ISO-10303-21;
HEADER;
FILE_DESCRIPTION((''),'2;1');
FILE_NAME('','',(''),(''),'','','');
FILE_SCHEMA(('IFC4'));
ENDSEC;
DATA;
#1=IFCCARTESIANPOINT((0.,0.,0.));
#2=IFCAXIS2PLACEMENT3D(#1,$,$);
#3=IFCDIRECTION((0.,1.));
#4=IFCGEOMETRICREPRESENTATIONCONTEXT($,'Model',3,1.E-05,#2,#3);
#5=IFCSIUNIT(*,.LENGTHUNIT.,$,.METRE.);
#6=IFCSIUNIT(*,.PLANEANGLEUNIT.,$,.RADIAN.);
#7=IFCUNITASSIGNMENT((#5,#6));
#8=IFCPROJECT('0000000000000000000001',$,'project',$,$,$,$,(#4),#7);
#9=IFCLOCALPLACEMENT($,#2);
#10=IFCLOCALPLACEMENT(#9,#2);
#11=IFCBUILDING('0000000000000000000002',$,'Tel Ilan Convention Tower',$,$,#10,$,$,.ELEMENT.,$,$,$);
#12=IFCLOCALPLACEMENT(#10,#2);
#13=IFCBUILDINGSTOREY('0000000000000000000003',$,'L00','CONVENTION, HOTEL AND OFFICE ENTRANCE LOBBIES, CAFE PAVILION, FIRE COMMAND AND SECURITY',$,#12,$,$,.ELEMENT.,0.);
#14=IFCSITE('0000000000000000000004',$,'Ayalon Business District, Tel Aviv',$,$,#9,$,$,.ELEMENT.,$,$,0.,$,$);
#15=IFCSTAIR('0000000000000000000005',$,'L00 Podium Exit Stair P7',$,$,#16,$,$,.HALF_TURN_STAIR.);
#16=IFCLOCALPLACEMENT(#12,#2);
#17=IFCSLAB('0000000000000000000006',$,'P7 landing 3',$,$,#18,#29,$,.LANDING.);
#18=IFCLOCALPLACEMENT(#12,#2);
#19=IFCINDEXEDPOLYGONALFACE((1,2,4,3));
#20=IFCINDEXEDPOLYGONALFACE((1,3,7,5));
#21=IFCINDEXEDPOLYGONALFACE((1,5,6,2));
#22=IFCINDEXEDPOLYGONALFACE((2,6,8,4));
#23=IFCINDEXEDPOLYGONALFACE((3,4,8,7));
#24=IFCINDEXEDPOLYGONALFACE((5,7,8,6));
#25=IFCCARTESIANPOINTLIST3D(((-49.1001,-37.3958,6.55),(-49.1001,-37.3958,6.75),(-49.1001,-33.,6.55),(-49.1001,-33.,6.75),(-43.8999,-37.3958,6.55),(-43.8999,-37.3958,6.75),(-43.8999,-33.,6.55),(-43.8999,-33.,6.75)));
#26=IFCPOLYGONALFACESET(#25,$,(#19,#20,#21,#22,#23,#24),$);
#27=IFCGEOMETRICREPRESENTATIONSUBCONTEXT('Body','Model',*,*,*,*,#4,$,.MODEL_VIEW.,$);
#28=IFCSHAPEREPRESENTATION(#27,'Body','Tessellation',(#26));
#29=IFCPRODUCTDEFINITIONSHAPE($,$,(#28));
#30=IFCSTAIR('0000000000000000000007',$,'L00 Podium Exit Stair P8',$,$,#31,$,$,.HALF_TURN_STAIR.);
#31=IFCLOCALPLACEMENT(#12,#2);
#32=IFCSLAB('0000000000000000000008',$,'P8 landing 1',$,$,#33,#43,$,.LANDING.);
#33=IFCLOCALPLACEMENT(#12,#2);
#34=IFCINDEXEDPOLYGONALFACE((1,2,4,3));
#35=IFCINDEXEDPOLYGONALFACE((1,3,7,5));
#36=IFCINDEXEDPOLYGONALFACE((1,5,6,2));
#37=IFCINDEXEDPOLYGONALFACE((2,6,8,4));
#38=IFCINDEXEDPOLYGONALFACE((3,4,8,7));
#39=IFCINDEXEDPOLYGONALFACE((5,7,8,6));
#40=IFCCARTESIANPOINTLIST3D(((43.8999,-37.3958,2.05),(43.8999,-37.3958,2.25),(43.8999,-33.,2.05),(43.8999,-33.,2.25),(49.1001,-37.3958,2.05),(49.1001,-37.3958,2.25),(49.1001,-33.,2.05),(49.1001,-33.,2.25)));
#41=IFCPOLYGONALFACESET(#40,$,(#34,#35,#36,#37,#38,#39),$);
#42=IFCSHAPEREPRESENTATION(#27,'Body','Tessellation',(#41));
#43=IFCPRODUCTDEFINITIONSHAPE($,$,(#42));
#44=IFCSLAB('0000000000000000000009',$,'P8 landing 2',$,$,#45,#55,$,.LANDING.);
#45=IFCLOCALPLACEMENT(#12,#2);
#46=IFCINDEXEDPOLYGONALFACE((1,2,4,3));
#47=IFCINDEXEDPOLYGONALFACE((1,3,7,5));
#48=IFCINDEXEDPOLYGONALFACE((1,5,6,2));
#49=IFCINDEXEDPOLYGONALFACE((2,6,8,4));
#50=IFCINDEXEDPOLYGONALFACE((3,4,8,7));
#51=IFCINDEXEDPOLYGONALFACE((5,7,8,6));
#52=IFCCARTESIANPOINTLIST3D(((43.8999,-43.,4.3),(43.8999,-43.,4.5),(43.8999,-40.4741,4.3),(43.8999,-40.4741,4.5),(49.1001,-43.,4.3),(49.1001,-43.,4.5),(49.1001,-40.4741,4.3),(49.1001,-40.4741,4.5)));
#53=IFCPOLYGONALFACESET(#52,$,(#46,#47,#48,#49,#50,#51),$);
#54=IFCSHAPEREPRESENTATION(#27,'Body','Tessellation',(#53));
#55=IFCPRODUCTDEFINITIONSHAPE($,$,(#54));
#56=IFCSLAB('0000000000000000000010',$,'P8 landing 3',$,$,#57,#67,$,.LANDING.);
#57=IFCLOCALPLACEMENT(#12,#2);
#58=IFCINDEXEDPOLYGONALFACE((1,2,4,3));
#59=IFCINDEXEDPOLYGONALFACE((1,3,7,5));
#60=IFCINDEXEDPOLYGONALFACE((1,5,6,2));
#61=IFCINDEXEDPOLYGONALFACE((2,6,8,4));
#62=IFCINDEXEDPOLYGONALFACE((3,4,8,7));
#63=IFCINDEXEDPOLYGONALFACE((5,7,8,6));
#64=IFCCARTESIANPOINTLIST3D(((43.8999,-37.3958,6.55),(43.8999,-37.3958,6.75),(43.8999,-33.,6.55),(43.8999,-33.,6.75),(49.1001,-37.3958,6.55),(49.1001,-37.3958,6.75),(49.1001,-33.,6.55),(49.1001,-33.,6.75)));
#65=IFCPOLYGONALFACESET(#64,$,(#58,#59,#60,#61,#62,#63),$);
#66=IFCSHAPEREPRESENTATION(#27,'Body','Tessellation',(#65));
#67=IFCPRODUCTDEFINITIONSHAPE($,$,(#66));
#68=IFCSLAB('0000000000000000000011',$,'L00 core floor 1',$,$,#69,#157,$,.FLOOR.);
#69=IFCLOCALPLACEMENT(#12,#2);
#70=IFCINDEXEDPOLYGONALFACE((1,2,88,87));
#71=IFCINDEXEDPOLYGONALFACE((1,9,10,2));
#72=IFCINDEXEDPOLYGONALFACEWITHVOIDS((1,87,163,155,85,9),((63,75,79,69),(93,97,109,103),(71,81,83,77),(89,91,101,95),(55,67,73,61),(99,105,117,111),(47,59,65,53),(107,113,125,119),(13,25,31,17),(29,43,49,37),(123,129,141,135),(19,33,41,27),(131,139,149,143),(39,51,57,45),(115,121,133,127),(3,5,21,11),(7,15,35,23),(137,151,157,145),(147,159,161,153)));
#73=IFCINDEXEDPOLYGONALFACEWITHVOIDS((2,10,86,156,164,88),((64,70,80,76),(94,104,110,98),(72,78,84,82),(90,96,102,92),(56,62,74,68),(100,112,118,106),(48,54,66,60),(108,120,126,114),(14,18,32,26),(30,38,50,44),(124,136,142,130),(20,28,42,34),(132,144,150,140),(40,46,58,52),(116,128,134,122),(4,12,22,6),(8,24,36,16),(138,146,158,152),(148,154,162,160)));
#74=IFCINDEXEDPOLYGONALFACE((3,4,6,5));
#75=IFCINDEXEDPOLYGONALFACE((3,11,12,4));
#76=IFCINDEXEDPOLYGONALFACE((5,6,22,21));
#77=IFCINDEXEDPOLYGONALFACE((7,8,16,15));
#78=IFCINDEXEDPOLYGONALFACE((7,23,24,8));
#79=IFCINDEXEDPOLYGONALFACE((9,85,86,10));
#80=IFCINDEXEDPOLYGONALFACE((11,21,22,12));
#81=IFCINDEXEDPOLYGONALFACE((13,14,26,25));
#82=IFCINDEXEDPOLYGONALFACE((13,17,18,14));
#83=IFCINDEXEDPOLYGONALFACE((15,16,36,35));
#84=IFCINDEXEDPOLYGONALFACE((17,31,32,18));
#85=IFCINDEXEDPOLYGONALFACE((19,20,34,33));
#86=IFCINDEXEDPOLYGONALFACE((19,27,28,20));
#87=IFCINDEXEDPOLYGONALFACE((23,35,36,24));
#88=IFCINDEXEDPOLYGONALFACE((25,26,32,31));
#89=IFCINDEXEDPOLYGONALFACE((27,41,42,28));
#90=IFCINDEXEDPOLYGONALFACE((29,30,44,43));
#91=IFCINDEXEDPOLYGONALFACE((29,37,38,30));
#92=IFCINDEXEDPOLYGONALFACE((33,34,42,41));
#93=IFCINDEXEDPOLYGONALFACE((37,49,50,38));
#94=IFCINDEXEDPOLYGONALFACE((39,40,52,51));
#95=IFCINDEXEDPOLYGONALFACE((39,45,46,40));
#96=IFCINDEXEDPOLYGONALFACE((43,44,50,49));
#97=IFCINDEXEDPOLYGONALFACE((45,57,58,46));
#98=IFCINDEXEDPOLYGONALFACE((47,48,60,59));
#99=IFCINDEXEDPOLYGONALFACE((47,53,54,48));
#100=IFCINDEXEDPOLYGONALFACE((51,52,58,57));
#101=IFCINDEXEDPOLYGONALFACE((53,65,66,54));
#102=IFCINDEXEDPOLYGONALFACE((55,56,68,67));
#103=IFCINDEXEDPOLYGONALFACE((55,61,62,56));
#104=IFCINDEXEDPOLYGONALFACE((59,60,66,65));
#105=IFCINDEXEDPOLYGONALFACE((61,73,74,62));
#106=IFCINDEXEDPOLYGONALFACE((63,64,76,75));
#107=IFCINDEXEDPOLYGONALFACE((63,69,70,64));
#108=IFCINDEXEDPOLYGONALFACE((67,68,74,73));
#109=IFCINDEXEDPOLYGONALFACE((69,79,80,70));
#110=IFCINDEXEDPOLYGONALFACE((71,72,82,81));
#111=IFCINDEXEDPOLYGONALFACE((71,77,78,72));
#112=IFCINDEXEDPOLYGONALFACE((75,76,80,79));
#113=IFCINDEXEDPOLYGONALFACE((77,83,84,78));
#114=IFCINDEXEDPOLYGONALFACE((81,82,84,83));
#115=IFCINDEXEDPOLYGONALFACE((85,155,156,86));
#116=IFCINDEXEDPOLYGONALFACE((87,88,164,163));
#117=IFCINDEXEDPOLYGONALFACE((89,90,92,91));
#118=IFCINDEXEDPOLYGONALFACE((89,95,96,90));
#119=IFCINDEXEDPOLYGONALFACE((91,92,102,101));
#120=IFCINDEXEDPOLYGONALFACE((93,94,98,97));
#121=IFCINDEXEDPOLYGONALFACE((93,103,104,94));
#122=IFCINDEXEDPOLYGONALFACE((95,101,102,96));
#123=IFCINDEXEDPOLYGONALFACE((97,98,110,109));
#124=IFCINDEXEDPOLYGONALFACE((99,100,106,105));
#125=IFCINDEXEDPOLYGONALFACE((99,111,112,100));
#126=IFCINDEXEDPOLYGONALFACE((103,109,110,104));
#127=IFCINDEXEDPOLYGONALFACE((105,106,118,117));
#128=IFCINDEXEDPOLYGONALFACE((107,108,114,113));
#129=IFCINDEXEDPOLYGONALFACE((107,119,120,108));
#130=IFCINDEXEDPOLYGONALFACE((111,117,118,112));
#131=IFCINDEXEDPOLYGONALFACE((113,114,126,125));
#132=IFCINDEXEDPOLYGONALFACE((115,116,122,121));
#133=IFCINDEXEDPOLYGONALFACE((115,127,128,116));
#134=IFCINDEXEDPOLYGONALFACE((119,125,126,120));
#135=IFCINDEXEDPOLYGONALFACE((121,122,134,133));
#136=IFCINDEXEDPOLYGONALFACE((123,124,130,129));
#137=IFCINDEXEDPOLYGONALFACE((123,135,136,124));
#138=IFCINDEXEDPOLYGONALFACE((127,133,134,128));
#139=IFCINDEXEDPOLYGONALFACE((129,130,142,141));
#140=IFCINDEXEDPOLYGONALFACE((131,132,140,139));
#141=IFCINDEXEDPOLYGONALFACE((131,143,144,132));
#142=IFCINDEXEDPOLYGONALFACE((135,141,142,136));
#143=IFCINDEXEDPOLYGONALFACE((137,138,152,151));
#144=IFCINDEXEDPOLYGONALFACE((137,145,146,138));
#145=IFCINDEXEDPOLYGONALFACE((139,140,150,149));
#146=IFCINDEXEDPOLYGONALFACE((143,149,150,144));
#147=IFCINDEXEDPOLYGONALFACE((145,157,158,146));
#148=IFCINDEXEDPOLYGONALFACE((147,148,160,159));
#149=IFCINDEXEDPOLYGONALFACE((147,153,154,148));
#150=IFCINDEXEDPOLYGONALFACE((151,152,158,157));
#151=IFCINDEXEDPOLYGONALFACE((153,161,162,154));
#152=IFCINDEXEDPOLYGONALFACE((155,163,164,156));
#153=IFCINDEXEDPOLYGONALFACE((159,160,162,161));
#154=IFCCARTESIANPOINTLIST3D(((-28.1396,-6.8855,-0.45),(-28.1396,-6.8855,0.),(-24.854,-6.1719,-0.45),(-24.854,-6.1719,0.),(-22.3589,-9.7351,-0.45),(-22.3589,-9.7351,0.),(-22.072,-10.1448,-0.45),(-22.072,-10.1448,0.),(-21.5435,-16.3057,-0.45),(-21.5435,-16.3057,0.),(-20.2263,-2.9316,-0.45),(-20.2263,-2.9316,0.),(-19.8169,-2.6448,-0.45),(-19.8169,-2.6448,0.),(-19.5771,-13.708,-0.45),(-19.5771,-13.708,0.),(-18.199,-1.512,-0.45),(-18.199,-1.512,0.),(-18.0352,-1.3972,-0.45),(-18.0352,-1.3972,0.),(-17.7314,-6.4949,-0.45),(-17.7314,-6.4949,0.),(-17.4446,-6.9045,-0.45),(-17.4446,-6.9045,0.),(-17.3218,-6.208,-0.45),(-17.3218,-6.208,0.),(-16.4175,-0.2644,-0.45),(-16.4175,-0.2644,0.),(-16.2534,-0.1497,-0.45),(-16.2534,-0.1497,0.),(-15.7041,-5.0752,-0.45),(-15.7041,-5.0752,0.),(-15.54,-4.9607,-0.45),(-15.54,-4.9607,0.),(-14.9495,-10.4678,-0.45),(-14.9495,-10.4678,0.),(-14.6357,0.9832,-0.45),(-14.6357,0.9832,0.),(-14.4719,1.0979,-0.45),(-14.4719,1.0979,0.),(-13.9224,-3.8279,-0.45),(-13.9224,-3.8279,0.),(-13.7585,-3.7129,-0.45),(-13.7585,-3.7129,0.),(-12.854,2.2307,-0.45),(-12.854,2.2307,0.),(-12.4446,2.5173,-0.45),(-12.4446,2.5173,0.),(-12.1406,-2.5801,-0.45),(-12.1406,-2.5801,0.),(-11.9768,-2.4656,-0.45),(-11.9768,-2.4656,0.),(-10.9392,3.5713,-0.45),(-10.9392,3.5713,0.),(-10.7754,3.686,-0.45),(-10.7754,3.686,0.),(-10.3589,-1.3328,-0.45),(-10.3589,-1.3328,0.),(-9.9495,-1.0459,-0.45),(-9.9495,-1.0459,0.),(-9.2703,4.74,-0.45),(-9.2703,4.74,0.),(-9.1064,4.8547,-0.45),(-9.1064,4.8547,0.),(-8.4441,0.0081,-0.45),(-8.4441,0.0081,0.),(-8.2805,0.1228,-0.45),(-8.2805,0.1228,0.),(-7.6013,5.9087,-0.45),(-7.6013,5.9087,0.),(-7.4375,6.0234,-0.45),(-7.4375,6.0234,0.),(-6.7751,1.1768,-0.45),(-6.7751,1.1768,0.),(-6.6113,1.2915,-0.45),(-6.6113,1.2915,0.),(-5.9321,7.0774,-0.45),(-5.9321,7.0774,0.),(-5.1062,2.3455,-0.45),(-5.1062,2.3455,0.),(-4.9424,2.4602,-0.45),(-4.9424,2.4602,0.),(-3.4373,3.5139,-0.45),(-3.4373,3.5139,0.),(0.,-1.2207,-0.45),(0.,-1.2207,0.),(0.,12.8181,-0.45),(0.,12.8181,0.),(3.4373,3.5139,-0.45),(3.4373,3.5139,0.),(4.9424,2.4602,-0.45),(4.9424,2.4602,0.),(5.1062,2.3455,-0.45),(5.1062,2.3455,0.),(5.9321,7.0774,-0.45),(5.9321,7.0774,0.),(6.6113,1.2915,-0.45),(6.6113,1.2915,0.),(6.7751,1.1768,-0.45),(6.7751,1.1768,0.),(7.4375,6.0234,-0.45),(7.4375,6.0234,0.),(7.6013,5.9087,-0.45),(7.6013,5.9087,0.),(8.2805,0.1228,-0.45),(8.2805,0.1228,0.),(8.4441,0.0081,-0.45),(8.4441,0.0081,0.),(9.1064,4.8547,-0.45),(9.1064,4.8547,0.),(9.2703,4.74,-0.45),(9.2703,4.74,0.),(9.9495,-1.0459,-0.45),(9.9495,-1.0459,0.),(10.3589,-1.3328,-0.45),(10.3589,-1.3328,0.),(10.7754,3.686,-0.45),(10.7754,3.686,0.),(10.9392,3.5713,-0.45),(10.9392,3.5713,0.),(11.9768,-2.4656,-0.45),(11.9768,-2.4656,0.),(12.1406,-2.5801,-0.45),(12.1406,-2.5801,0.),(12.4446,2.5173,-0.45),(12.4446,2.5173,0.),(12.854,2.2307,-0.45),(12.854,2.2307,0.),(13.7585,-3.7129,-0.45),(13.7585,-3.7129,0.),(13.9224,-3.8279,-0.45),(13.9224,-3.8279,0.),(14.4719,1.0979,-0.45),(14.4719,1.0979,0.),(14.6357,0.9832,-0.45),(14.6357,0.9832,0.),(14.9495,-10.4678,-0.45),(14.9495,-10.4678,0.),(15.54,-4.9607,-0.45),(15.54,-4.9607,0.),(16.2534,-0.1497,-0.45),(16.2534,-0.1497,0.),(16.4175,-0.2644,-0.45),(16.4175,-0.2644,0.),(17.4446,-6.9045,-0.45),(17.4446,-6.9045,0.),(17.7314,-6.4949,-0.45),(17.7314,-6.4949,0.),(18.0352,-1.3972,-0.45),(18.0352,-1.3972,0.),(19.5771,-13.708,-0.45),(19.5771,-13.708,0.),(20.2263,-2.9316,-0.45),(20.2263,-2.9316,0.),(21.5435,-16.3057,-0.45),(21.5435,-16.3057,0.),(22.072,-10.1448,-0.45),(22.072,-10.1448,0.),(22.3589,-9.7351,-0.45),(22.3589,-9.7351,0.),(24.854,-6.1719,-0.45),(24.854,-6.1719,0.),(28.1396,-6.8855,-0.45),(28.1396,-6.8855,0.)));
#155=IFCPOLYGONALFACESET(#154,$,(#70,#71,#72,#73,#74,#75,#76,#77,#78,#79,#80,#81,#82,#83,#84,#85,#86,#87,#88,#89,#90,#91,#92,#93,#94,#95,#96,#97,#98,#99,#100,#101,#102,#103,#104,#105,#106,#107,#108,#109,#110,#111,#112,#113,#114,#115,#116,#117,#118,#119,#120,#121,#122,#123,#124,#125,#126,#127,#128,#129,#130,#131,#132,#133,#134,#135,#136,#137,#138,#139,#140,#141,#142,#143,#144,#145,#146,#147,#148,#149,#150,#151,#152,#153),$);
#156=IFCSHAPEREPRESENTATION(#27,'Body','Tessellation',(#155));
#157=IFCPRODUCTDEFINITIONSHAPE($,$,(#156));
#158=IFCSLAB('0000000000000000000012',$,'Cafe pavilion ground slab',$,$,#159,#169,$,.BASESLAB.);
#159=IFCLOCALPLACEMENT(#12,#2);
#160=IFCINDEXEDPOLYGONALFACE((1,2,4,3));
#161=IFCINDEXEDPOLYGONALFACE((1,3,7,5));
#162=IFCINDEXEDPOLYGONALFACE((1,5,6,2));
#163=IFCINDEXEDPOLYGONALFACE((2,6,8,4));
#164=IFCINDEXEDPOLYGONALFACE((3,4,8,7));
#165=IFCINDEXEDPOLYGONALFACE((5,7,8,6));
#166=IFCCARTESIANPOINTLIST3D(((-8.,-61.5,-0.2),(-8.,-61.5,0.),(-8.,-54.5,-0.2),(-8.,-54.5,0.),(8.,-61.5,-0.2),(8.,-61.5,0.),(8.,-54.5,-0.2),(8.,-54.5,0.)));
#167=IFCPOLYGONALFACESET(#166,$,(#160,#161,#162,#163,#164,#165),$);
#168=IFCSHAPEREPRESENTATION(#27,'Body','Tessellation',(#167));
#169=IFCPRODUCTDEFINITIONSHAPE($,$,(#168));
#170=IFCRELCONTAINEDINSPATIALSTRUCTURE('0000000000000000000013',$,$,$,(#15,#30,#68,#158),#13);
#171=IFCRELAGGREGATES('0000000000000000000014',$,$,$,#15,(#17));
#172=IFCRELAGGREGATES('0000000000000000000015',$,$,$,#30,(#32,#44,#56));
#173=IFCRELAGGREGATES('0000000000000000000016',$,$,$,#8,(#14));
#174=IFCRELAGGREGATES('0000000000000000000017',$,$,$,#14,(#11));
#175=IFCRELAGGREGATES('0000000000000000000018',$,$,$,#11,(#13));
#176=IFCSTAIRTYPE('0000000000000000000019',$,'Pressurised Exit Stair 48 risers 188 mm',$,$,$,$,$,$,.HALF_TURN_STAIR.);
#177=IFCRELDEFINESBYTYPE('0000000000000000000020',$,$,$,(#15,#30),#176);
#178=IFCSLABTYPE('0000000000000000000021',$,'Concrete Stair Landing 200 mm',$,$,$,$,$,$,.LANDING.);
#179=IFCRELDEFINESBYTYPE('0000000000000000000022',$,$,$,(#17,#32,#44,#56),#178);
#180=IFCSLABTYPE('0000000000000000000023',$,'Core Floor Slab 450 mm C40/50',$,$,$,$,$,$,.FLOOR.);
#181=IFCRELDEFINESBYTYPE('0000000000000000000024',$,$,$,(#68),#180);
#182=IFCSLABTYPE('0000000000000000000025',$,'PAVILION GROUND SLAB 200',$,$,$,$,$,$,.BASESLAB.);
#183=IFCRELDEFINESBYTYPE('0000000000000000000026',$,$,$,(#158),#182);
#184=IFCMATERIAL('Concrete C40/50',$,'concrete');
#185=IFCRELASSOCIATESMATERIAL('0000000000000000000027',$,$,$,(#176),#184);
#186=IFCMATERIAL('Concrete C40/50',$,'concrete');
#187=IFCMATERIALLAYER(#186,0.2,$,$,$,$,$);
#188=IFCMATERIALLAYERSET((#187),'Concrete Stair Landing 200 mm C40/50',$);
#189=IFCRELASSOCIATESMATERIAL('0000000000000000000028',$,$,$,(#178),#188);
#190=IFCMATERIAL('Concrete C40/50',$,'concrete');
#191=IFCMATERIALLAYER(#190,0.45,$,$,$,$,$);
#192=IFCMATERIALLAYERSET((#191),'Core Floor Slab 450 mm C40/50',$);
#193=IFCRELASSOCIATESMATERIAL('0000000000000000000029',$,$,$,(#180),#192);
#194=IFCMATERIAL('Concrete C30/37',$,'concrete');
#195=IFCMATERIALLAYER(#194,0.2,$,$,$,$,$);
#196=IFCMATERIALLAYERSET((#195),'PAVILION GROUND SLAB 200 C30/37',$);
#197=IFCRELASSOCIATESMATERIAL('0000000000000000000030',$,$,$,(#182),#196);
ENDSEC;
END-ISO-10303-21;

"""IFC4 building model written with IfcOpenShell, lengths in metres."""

from ifc_helpers import new_model, si_unit, direction, frame, origin, place, context, subcontext, project, spatial, polyline, outline, extrude, material, layer, layer_set, type_object, element, aggregate, save


model = new_model("IFC4")

# Units and contexts
model_context = context("Model", 3, precision=1e-05, world=origin(), true_north=direction((0.0, 1.0)))
body_context = subcontext(model_context, "Body", "Model", "MODEL_VIEW")
ifc_project = project(units=[si_unit("LENGTHUNIT", "METRE"), si_unit("PLANEANGLEUNIT", "RADIAN")], contexts=[model_context])

# Site, building, storey
site_placement = place(None, origin())
site = spatial("IfcSite", under=ifc_project, at=site_placement, Name="Ayalon Business District, Tel Aviv", CompositionType="ELEMENT", RefElevation=0.0)
building_placement = place(site_placement, origin())
building = spatial("IfcBuilding", under=site, at=building_placement, Name="Tel Ilan Convention Tower", CompositionType="ELEMENT")
storey_placement = place(building_placement, origin())
storey = spatial("IfcBuildingStorey", under=building, at=storey_placement, Name="L00", Description="CONVENTION, HOTEL AND OFFICE ENTRANCE LOBBIES, CAFE PAVILION, FIRE COMMAND AND SECURITY", CompositionType="ELEMENT", Elevation=0.0)

# Stair, slab
ifc_material_1 = material(Name="Concrete C40/50", Category="concrete")
stair_type = type_object("IfcStairType", Name="Pressurised Exit Stair 48 risers 188 mm", PredefinedType="HALF_TURN_STAIR", material=ifc_material_1)
stair_1_placement = place(storey_placement, origin())
stair_1 = element("IfcStair", 1, at=stair_1_placement, inside=storey, type_object=stair_type, Name="L00 Podium Exit Stair P7", PredefinedType="HALF_TURN_STAIR")
ifc_material_2 = material(Name="Concrete C40/50", Category="concrete")
ifc_layer_1 = layer(ifc_material_2, 0.2)
ifc_layer_set_1 = layer_set([ifc_layer_1], Name="Concrete Stair Landing 200 mm C40/50")
slab_type_1 = type_object("IfcSlabType", Name="Concrete Stair Landing 200 mm", PredefinedType="LANDING", material=ifc_layer_set_1)
slab_1_placement = place(storey_placement, frame((0.0, 0.0, 6.55)))
slab_1 = element("IfcSlab", 2, at=slab_1_placement, type_object=slab_type_1, Name="P7 landing 3", PredefinedType="LANDING", context=body_context, shape_type="SweptSolid", body=[
    extrude(outline(polyline([(-43.8999, -37.3958), (-43.8999, -33.0), (-49.1001, -33.0), (-49.1001, -37.3958), (-43.8999, -37.3958)])), origin(), (0.0, 0.0, 1.0), 0.2),
])
aggregate(stair_1, [slab_1])

# Stair, slabs
stair_2_placement = place(storey_placement, origin())
stair_2 = element("IfcStair", 3, at=stair_2_placement, inside=storey, type_object=stair_type, Name="L00 Podium Exit Stair P8", PredefinedType="HALF_TURN_STAIR")
slab_2_placement = place(storey_placement, frame((0.0, 0.0, 2.05)))
slab_2 = element("IfcSlab", 4, at=slab_2_placement, type_object=slab_type_1, Name="P8 landing 1", PredefinedType="LANDING", context=body_context, shape_type="SweptSolid", body=[
    extrude(outline(polyline([(49.1001, -37.3958), (49.1001, -33.0), (43.8999, -33.0), (43.8999, -37.3958), (49.1001, -37.3958)])), origin(), (0.0, 0.0, 1.0), 0.2),
])
slab_3_placement = place(storey_placement, frame((0.0, 0.0, 4.3)))
slab_3 = element("IfcSlab", 5, at=slab_3_placement, type_object=slab_type_1, Name="P8 landing 2", PredefinedType="LANDING", context=body_context, shape_type="SweptSolid", body=[
    extrude(outline(polyline([(49.1001, -43.0), (49.1001, -40.4741), (43.8999, -40.4741), (43.8999, -43.0), (49.1001, -43.0)])), origin(), (0.0, 0.0, 1.0), 0.2),
])
slab_4_placement = place(storey_placement, frame((0.0, 0.0, 6.55)))
slab_4 = element("IfcSlab", 6, at=slab_4_placement, type_object=slab_type_1, Name="P8 landing 3", PredefinedType="LANDING", context=body_context, shape_type="SweptSolid", body=[
    extrude(outline(polyline([(49.1001, -37.3958), (49.1001, -33.0), (43.8999, -33.0), (43.8999, -37.3958), (49.1001, -37.3958)])), origin(), (0.0, 0.0, 1.0), 0.2),
])
aggregate(stair_2, [slab_2, slab_3, slab_4])

# Slabs
ifc_material_3 = material(Name="Concrete C40/50", Category="concrete")
ifc_layer_2 = layer(ifc_material_3, 0.45)
ifc_layer_set_2 = layer_set([ifc_layer_2], Name="Core Floor Slab 450 mm C40/50")
slab_type_2 = type_object("IfcSlabType", Name="Core Floor Slab 450 mm C40/50", PredefinedType="FLOOR", material=ifc_layer_set_2)
slab_5_placement = place(storey_placement, frame((0.0, 0.0, -0.45)))
element("IfcSlab", 7, at=slab_5_placement, inside=storey, type_object=slab_type_2, Name="L00 core floor 1", PredefinedType="FLOOR", context=body_context, shape_type="SweptSolid", body=[
    extrude(outline(polyline([(-28.1396, -6.8855), (0.0, 12.8181), (28.1396, -6.8855), (21.5435, -16.3057), (0.0, -1.2207), (-21.5435, -16.3057), (-28.1396, -6.8855)]), holes=[polyline([(-14.9495, -10.4678), (-17.4446, -6.9045), (-22.072, -10.1448), (-19.5771, -13.708), (-14.9495, -10.4678)]), polyline([(-22.3589, -9.7351), (-17.7314, -6.4949), (-20.2263, -2.9316), (-24.854, -6.1719), (-22.3589, -9.7351)]), polyline([(-15.7041, -5.0752), (-18.199, -1.512), (-19.8169, -2.6448), (-17.3218, -6.208), (-15.7041, -5.0752)]), polyline([(-16.4175, -0.2644), (-18.0352, -1.3972), (-15.54, -4.9607), (-13.9224, -3.8279), (-16.4175, -0.2644)]), polyline([(-12.1406, -2.5801), (-14.6357, 0.9832), (-16.2534, -0.1497), (-13.7585, -3.7129), (-12.1406, -2.5801)]), polyline([(-10.3589, -1.3328), (-12.854, 2.2307), (-14.4719, 1.0979), (-11.9768, -2.4656), (-10.3589, -1.3328)]), polyline([(-10.9392, 3.5713), (-12.4446, 2.5173), (-9.9495, -1.0459), (-8.4441, 0.0081), (-10.9392, 3.5713)]), polyline([(-6.7751, 1.1768), (-9.2703, 4.74), (-10.7754, 3.686), (-8.2805, 0.1228), (-6.7751, 1.1768)]), polyline([(-5.1062, 2.3455), (-7.6013, 5.9087), (-9.1064, 4.8547), (-6.6113, 1.2915), (-5.1062, 2.3455)]), polyline([(-5.9321, 7.0774), (-7.4375, 6.0234), (-4.9424, 2.4602), (-3.4373, 3.5139), (-5.9321, 7.0774)]), polyline([(22.072, -10.1448), (17.4446, -6.9045), (14.9495, -10.4678), (19.5771, -13.708), (22.072, -10.1448)]), polyline([(24.854, -6.1719), (20.2263, -2.9316), (17.7314, -6.4949), (22.3589, -9.7351), (24.854, -6.1719)]), polyline([(13.9224, -3.8279), (15.54, -4.9607), (18.0352, -1.3972), (16.4175, -0.2644), (13.9224, -3.8279)]), polyline([(13.7585, -3.7129), (16.2534, -0.1497), (14.6357, 0.9832), (12.1406, -2.5801), (13.7585, -3.7129)]), polyline([(10.3589, -1.3328), (11.9768, -2.4656), (14.4719, 1.0979), (12.854, 2.2307), (10.3589, -1.3328)]), polyline([(8.4441, 0.0081), (9.9495, -1.0459), (12.4446, 2.5173), (10.9392, 3.5713), (8.4441, 0.0081)]), polyline([(8.2805, 0.1228), (10.7754, 3.686), (9.2703, 4.74), (6.7751, 1.1768), (8.2805, 0.1228)]), polyline([(5.1062, 2.3455), (6.6113, 1.2915), (9.1064, 4.8547), (7.6013, 5.9087), (5.1062, 2.3455)]), polyline([(3.4373, 3.5139), (4.9424, 2.4602), (7.4375, 6.0234), (5.9321, 7.0774), (3.4373, 3.5139)])]), origin(), (0.0, 0.0, 1.0), 0.45),
])
ifc_material_4 = material(Name="Concrete C30/37", Category="concrete")
ifc_layer_3 = layer(ifc_material_4, 0.2)
ifc_layer_set_3 = layer_set([ifc_layer_3], Name="PAVILION GROUND SLAB 200 C30/37")
slab_type_3 = type_object("IfcSlabType", Name="PAVILION GROUND SLAB 200", PredefinedType="BASESLAB", material=ifc_layer_set_3)
slab_6_placement = place(storey_placement, frame((0.0, 0.0, -0.2)))
element("IfcSlab", 8, at=slab_6_placement, inside=storey, type_object=slab_type_3, Name="Cafe pavilion ground slab", PredefinedType="BASESLAB", context=body_context, shape_type="SweptSolid", body=[
    extrude(outline(polyline([(-8.0, -61.5), (-8.0, -54.5), (8.0, -54.5), (8.0, -61.5), (-8.0, -61.5)])), origin(), (0.0, 0.0, 1.0), 0.2),
])

save(model, "model.ifc")
